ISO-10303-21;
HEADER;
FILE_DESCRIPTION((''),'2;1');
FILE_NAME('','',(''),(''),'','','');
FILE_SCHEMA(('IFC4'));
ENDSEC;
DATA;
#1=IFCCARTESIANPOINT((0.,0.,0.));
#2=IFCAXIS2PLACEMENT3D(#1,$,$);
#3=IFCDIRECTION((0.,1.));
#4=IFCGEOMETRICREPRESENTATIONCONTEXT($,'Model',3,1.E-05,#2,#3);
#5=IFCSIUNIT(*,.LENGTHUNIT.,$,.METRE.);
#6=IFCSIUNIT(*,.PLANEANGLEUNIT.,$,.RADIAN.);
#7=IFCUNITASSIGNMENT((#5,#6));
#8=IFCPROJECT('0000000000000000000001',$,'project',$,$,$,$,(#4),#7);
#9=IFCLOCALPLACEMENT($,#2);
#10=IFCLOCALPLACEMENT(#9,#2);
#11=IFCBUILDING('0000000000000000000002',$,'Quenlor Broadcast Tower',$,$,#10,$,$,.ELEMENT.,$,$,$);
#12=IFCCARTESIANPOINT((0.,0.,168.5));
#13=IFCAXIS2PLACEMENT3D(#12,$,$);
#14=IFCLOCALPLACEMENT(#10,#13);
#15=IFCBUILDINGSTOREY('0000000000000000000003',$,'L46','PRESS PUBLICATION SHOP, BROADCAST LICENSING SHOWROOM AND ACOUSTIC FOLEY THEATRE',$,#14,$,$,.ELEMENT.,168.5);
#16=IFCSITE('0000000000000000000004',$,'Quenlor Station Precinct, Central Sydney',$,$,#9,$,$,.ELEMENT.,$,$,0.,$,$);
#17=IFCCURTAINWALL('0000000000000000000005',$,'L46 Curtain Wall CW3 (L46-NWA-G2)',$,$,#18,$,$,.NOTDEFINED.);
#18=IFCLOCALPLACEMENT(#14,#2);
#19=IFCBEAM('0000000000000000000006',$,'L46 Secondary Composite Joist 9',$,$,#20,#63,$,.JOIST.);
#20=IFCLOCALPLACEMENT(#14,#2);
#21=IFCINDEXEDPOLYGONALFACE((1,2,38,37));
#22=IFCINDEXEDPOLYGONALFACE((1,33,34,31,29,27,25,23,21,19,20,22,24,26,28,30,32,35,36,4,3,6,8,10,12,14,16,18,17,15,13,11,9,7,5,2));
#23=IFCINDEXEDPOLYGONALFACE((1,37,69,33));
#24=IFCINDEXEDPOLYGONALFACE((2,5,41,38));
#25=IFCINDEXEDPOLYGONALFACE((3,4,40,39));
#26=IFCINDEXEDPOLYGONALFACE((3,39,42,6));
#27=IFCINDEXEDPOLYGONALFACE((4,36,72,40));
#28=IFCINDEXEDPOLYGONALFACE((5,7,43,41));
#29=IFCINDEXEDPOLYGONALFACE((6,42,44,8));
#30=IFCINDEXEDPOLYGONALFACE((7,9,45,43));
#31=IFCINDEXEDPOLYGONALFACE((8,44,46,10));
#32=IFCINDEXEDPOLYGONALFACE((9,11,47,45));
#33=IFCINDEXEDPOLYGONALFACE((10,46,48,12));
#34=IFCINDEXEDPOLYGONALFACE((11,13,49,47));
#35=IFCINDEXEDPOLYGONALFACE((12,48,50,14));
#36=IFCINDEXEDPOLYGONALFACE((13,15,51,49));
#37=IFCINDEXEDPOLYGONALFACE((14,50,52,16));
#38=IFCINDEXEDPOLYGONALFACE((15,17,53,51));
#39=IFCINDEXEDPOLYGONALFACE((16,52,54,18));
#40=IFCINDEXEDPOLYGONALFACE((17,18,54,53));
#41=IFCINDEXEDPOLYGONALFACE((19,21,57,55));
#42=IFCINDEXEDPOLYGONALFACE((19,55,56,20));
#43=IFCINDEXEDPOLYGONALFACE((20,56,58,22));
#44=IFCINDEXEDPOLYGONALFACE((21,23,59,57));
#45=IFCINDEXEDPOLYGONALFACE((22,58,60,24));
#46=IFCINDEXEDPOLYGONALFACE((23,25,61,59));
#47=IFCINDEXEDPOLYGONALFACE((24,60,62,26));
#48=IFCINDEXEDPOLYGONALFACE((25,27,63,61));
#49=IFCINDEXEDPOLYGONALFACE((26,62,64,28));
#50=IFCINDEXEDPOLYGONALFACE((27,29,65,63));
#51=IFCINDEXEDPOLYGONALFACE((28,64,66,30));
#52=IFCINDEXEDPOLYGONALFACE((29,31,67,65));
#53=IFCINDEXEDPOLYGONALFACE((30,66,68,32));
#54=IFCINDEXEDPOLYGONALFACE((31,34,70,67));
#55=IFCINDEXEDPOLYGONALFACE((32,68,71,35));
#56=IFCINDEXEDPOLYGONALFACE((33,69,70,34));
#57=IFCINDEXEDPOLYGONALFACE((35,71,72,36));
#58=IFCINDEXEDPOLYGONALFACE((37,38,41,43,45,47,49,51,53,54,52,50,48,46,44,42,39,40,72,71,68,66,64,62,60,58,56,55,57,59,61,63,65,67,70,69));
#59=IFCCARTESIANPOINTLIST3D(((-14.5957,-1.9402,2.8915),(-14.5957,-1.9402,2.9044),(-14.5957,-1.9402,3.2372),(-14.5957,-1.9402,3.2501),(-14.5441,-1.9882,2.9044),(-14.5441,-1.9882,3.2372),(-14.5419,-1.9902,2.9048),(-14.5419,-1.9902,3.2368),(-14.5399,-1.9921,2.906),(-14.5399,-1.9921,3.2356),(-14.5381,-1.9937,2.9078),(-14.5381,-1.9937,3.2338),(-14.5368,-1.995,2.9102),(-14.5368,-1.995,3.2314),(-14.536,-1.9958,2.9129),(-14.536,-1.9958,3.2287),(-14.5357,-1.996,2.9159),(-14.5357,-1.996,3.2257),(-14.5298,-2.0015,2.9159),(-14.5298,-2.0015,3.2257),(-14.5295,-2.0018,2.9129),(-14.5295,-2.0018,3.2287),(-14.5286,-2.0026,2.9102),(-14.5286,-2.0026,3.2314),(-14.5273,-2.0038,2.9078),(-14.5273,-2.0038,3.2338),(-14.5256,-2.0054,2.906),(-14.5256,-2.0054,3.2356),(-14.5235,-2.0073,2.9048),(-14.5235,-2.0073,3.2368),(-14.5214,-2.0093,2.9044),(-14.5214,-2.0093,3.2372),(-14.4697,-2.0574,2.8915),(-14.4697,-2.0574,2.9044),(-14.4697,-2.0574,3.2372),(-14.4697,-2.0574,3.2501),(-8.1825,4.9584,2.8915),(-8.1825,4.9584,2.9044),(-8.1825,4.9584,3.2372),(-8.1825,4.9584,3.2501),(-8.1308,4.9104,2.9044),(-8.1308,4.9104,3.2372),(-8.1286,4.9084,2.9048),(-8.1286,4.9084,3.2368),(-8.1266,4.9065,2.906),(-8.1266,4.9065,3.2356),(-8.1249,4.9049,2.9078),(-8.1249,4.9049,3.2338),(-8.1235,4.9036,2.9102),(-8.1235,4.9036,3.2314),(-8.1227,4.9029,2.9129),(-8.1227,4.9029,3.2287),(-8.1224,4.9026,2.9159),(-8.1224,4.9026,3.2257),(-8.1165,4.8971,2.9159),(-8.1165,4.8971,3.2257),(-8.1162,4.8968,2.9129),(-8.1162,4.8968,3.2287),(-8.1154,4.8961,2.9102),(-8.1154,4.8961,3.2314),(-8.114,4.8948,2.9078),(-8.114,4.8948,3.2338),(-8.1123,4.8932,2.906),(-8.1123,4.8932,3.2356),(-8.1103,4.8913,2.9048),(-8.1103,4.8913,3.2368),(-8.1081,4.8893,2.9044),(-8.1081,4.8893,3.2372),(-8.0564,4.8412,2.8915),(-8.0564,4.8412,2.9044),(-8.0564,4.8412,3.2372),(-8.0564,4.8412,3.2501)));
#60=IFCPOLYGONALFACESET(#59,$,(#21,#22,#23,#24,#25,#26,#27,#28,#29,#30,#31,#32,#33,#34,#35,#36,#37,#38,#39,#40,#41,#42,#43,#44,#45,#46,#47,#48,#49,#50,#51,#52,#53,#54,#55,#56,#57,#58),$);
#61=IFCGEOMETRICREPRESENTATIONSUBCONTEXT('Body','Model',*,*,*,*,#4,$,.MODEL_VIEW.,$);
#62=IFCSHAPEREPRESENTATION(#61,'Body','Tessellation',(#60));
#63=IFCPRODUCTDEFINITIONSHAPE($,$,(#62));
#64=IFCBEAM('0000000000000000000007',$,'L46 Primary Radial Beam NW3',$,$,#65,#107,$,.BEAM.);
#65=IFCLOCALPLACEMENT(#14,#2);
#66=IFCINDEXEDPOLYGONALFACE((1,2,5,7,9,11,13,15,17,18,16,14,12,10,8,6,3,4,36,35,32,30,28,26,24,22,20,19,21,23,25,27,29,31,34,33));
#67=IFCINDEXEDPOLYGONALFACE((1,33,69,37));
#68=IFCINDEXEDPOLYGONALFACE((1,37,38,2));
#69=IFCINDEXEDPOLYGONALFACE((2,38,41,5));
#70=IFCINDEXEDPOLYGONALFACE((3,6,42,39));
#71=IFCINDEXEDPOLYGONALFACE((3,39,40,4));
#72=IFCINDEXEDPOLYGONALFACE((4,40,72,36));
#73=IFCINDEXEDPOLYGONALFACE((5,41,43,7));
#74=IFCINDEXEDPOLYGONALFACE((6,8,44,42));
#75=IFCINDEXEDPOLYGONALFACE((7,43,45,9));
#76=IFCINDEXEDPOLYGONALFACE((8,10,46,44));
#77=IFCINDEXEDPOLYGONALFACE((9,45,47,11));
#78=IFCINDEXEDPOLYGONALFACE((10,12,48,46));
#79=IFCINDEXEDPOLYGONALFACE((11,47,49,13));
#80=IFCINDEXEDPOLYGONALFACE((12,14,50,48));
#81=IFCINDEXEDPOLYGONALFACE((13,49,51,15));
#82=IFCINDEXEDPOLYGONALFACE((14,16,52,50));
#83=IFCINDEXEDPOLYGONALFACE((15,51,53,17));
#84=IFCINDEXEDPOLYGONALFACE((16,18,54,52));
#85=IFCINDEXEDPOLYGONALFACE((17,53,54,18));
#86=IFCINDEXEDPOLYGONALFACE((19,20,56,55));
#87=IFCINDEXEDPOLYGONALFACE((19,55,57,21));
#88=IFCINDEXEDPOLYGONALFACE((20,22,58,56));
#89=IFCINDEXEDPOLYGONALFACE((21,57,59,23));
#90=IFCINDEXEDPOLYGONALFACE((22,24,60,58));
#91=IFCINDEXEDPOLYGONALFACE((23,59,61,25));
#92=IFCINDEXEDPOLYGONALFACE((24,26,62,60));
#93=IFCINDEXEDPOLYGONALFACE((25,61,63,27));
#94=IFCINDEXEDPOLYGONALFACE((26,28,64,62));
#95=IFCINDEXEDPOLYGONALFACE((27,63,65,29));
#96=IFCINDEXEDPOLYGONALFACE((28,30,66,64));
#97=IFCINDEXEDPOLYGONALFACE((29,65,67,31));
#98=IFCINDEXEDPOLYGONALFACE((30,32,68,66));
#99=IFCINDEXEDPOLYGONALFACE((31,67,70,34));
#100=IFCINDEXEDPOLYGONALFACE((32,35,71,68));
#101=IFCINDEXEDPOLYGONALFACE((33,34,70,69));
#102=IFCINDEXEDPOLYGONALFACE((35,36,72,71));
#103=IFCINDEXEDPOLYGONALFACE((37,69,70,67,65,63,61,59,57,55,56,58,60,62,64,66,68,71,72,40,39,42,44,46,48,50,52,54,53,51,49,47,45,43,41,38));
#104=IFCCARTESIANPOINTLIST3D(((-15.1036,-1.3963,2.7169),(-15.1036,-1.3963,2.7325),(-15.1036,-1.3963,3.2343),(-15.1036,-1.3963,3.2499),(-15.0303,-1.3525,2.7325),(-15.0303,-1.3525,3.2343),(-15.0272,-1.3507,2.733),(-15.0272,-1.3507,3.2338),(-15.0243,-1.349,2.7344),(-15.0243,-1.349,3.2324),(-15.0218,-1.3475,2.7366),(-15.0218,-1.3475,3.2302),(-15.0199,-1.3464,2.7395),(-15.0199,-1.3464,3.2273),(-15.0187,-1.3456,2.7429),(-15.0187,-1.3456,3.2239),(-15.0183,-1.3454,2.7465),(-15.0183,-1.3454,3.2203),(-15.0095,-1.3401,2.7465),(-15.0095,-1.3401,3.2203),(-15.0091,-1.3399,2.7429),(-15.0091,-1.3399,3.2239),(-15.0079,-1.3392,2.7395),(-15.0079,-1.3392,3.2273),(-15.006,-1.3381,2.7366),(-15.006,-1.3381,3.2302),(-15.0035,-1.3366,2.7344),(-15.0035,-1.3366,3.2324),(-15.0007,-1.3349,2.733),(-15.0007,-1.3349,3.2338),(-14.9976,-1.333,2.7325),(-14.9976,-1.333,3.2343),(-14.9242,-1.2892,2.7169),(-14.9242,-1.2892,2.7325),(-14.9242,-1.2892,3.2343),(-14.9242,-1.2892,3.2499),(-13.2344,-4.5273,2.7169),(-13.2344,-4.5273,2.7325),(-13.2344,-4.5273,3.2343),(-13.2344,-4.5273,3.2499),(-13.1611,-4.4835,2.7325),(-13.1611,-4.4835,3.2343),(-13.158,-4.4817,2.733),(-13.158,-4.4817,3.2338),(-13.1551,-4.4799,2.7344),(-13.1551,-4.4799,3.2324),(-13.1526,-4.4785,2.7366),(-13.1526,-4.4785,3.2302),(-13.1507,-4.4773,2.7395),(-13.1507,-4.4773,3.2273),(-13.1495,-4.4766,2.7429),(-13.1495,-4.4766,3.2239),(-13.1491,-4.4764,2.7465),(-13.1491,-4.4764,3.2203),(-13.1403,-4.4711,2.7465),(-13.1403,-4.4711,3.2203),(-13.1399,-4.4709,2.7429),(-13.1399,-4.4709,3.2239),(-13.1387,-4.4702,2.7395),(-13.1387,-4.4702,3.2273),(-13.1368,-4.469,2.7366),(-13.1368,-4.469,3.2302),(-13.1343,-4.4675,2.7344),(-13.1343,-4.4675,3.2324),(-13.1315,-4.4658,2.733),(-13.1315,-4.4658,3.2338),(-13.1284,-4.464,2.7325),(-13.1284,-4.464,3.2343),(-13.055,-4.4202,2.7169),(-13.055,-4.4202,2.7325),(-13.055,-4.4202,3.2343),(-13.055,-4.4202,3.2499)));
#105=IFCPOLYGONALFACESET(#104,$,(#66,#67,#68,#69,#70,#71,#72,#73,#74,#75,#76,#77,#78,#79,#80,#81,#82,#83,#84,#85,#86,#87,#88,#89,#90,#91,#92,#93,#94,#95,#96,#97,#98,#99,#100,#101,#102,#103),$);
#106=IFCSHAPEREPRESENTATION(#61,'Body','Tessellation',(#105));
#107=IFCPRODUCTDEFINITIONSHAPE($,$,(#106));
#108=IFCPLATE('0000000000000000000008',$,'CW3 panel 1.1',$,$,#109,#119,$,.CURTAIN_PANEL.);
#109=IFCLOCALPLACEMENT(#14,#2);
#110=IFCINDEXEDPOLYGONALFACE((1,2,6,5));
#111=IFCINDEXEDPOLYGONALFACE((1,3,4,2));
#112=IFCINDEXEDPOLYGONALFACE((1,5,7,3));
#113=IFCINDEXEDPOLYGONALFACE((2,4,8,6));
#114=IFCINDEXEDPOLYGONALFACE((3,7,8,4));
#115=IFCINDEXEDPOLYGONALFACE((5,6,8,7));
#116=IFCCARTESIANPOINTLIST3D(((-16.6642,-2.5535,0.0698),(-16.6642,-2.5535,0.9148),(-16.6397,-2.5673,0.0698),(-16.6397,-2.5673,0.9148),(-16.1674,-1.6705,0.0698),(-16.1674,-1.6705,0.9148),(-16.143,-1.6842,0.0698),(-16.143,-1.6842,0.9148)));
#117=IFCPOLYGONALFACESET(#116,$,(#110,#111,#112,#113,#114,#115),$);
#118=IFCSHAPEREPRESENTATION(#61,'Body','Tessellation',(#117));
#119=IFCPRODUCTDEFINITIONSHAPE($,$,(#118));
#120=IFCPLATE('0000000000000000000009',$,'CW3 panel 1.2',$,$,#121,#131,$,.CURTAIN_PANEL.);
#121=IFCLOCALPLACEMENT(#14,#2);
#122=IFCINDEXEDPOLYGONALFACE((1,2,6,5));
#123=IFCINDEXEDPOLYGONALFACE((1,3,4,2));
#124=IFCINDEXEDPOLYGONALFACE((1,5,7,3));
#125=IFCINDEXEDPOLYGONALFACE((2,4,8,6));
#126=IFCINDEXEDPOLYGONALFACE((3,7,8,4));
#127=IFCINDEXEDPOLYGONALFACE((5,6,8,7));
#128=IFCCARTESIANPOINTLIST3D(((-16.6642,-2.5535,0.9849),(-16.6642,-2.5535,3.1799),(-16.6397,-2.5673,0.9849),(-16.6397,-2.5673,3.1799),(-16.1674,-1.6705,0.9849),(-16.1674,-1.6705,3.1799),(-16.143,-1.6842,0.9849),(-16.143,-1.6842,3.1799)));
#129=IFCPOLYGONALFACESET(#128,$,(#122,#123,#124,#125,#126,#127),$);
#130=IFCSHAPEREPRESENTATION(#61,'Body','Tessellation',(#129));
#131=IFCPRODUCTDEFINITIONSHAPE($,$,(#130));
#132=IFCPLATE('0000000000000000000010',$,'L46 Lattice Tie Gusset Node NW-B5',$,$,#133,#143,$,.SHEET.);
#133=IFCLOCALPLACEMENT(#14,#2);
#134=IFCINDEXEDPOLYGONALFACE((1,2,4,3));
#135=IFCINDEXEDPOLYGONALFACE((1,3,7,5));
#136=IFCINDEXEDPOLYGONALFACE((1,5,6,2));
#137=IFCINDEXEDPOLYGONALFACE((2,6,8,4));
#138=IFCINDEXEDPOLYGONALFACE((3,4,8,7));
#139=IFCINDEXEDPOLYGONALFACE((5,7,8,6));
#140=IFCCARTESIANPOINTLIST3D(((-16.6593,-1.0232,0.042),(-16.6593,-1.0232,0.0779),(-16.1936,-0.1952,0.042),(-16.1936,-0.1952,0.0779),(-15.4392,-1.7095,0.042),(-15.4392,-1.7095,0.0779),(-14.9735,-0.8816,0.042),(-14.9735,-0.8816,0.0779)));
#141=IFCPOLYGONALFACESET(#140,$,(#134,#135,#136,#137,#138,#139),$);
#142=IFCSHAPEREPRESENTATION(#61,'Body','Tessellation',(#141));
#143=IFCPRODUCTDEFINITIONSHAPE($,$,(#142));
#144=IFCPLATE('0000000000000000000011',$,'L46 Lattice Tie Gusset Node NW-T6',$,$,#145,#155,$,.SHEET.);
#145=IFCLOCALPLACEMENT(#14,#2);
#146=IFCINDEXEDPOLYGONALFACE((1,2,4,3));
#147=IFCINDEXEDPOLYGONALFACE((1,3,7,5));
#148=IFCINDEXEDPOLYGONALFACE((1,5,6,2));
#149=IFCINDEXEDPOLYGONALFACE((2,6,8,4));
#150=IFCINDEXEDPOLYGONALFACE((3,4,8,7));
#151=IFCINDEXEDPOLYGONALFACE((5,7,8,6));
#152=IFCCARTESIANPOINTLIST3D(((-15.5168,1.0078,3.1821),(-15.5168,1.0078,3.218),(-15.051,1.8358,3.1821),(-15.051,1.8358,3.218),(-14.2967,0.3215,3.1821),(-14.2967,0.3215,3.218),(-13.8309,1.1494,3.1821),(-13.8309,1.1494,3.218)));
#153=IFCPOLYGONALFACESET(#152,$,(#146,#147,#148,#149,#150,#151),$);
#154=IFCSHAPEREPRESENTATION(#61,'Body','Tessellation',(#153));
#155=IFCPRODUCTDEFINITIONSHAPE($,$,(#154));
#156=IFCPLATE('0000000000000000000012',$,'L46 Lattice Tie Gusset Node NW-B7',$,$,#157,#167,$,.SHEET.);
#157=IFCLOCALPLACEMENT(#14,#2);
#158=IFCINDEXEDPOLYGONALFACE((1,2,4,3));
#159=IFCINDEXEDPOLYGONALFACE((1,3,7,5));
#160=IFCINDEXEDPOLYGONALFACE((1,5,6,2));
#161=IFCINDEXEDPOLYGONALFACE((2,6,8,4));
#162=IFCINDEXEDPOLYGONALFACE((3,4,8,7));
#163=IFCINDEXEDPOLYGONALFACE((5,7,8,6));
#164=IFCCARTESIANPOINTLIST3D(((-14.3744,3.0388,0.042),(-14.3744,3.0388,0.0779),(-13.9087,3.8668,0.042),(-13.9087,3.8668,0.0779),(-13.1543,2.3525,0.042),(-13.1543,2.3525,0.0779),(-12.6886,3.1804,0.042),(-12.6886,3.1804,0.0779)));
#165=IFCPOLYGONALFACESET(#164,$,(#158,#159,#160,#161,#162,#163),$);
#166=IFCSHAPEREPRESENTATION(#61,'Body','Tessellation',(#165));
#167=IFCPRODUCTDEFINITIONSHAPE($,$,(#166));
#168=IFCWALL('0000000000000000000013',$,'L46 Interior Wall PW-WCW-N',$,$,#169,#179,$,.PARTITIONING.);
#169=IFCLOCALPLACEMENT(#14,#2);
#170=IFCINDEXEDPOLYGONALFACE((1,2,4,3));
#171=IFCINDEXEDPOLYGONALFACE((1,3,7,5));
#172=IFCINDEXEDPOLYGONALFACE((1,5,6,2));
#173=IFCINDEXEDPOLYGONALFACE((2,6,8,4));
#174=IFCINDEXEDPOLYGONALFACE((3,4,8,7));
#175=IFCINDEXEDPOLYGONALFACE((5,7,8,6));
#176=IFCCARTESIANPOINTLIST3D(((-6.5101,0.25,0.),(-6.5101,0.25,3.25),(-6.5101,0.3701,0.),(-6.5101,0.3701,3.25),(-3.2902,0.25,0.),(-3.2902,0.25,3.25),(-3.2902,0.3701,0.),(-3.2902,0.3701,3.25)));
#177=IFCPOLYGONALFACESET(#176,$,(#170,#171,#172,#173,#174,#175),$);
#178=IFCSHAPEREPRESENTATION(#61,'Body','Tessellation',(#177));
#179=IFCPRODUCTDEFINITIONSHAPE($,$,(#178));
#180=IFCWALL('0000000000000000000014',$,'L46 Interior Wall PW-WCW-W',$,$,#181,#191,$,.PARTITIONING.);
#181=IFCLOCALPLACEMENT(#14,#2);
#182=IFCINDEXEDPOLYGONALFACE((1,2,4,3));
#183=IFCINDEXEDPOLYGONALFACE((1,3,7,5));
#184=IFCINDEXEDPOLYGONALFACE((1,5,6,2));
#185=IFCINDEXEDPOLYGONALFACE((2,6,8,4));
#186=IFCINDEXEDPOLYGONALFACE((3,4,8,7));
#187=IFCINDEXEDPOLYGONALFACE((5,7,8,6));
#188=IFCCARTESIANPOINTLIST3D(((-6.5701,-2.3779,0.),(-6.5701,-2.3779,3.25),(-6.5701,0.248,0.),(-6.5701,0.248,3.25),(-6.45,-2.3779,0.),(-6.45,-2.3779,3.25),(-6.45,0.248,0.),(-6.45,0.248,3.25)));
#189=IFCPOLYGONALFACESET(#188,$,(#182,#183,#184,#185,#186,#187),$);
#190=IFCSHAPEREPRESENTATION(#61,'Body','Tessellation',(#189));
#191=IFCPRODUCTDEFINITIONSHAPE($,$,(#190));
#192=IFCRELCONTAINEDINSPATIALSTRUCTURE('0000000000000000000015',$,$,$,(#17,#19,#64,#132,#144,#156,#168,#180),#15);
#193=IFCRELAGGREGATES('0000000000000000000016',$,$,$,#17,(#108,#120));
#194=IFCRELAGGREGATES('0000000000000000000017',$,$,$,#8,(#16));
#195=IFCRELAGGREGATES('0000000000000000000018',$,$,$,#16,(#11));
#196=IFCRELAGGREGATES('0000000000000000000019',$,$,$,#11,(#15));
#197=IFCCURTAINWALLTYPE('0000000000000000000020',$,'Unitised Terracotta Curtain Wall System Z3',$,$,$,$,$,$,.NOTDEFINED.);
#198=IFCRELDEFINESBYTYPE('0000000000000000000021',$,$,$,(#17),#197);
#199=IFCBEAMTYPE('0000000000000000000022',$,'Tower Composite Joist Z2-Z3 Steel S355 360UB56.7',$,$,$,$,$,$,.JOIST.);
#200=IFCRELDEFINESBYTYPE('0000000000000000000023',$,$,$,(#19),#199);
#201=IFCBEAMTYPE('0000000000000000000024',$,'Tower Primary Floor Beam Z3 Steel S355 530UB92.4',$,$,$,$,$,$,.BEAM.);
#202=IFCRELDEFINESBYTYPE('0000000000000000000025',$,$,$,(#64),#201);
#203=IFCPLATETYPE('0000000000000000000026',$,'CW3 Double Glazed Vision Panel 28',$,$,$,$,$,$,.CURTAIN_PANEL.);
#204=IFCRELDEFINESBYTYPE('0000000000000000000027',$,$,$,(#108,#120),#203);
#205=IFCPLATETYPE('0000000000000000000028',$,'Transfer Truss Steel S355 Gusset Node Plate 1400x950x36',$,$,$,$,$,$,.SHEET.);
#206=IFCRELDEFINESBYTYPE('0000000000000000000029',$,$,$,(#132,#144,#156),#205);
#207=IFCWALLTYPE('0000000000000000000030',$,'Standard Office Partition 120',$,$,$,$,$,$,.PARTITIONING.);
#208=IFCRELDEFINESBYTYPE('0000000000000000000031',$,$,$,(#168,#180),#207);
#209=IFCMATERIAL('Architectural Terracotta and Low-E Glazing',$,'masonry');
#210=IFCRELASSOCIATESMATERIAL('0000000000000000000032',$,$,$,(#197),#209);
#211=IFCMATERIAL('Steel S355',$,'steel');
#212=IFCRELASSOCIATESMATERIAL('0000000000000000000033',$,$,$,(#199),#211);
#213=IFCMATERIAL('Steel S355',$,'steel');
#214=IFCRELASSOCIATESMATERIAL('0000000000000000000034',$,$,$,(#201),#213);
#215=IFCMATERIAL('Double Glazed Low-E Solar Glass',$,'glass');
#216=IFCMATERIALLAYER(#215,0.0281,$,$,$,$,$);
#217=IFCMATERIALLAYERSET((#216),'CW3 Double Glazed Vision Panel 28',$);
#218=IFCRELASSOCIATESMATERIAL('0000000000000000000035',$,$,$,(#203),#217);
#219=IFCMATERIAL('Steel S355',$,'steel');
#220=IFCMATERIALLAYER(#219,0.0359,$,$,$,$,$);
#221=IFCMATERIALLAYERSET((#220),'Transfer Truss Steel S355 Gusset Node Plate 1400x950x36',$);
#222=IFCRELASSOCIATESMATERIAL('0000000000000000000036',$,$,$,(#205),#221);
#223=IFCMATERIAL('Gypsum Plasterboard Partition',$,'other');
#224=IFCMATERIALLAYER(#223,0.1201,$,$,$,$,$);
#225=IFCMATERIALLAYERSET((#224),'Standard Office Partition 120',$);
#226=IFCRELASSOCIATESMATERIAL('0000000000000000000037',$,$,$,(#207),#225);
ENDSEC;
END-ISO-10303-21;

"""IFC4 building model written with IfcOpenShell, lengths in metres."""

from ifc_helpers import new_model, si_unit, direction, frame, frame_2d, origin, origin_2d, place, context, subcontext, project, spatial, rectangle, i_section, extrude, material, layer, layer_set, material_profile, profile_set, type_object, element, aggregate, save


model = new_model("IFC4")

# Units and contexts
model_context = context("Model", 3, precision=1e-05, world=origin(), true_north=direction((0.0, 1.0)))
body_context = subcontext(model_context, "Body", "Model", "MODEL_VIEW")
ifc_project = project(units=[si_unit("LENGTHUNIT", "METRE"), si_unit("PLANEANGLEUNIT", "RADIAN")], contexts=[model_context])

# Site, building, storey
site_placement = place(None, origin())
site = spatial("IfcSite", under=ifc_project, at=site_placement, Name="Quenlor Station Precinct, Central Sydney", CompositionType="ELEMENT", RefElevation=0.0)
building_placement = place(site_placement, origin())
building = spatial("IfcBuilding", under=site, at=building_placement, Name="Quenlor Broadcast Tower", CompositionType="ELEMENT")
storey_placement = place(building_placement, frame((0.0, 0.0, 168.5)))
storey = spatial("IfcBuildingStorey", under=building, at=storey_placement, Name="L46", Description="PRESS PUBLICATION SHOP, BROADCAST LICENSING SHOWROOM AND ACOUSTIC FOLEY THEATRE", CompositionType="ELEMENT", Elevation=168.5)

# Curtain wall
ifc_material_1 = material(Name="Architectural Terracotta and Low-E Glazing", Category="masonry")
curtain_wall_type = type_object("IfcCurtainWallType", Name="Unitised Terracotta Curtain Wall System Z3", PredefinedType="NOTDEFINED", material=ifc_material_1)
curtain_wall_placement = place(storey_placement, origin())
curtain_wall = element("IfcCurtainWall", 1, at=curtain_wall_placement, inside=storey, type_object=curtain_wall_type, Name="L46 Curtain Wall CW3 (L46-NWA-G2)", PredefinedType="NOTDEFINED")

# Beams
ifc_material_2 = material(Name="Steel S355", Category="steel")
ifc_material_profile_1 = material_profile(ifc_material_2, i_section(OverallWidth=0.1721, OverallDepth=0.3586, WebThickness=0.0081, FlangeThickness=0.0129, FilletRadius=0.0115, at=origin_2d()))
ifc_profile_set_1 = profile_set([ifc_material_profile_1], Name="Steel S355 360UB56.7")
beam_type_1 = type_object("IfcBeamType", Name="Tower Composite Joist Z2-Z3 Steel S355 360UB56.7", PredefinedType="JOIST", material=ifc_profile_set_1)
beam_1_placement = place(storey_placement, frame((-14.5327, -1.9988, 3.0708), z_axis=(0.680874, 0.732401, 0.0), x_axis=(-0.732401, 0.680874, 0.0)))
element("IfcBeam", 2, at=beam_1_placement, inside=storey, type_object=beam_type_1, Name="L46 Secondary Composite Joist 9", PredefinedType="JOIST", context=body_context, shape_type="SweptSolid", body=[
    extrude(i_section(OverallWidth=0.1721, OverallDepth=0.3586, WebThickness=0.0081, FlangeThickness=0.0129, FilletRadius=0.0115, at=origin_2d()), origin(), (0.0, 0.0, 1.0), 9.4192),
])
ifc_material_3 = material(Name="Steel S355", Category="steel")
ifc_material_profile_2 = material_profile(ifc_material_3, i_section(OverallWidth=0.209, OverallDepth=0.533, WebThickness=0.0103, FlangeThickness=0.0156, FilletRadius=0.0139, at=origin_2d()))
ifc_profile_set_2 = profile_set([ifc_material_profile_2], Name="Steel S355 530UB92.4")
beam_type_2 = type_object("IfcBeamType", Name="Tower Primary Floor Beam Z3 Steel S355 530UB92.4", PredefinedType="BEAM", material=ifc_profile_set_2)
beam_2_placement = place(storey_placement, frame((-15.0139, -1.3428, 2.9834), z_axis=(0.512604, -0.858625, 0.0), x_axis=(0.858625, 0.512604, 0.0)))
element("IfcBeam", 3, at=beam_2_placement, inside=storey, type_object=beam_type_2, Name="L46 Primary Radial Beam NW3", PredefinedType="BEAM", context=body_context, shape_type="SweptSolid", body=[
    extrude(i_section(OverallWidth=0.209, OverallDepth=0.533, WebThickness=0.0103, FlangeThickness=0.0156, FilletRadius=0.0139, at=origin_2d()), origin(), (0.0, 0.0, 1.0), 3.6465),
])

# Plates
ifc_material_4 = material(Name="Double Glazed Low-E Solar Glass", Category="glass")
ifc_layer_1 = layer(ifc_material_4, 0.0281)
ifc_layer_set_1 = layer_set([ifc_layer_1], Name="CW3 Double Glazed Vision Panel 28")
plate_type_1 = type_object("IfcPlateType", Name="CW3 Double Glazed Vision Panel 28", PredefinedType="CURTAIN_PANEL", material=ifc_layer_set_1)
plate_1_placement = place(storey_placement, frame((-16.4036, -2.1189, 0.0698), z_axis=(0.0, 0.0, 1.0), x_axis=(0.490253, 0.87158, 0.0)))
plate_1 = element("IfcPlate", 4, at=plate_1_placement, type_object=plate_type_1, Name="CW3 panel 1.1", PredefinedType="CURTAIN_PANEL", context=body_context, shape_type="SweptSolid", body=[
    extrude(rectangle(XDim=1.0132, YDim=0.0281, at=origin_2d()), origin(), (0.0, 0.0, 1.0), 0.845),
])
plate_2_placement = place(storey_placement, frame((-16.4036, -2.1189, 0.9849), z_axis=(0.0, 0.0, 1.0), x_axis=(0.490253, 0.87158, 0.0)))
plate_2 = element("IfcPlate", 5, at=plate_2_placement, type_object=plate_type_1, Name="CW3 panel 1.2", PredefinedType="CURTAIN_PANEL", context=body_context, shape_type="SweptSolid", body=[
    extrude(rectangle(XDim=1.0132, YDim=0.0281, at=origin_2d()), origin(), (0.0, 0.0, 1.0), 2.1951),
])
aggregate(curtain_wall, [plate_1, plate_2])

# Plates
ifc_material_5 = material(Name="Steel S355", Category="steel")
ifc_layer_2 = layer(ifc_material_5, 0.0359)
ifc_layer_set_2 = layer_set([ifc_layer_2], Name="Transfer Truss Steel S355 Gusset Node Plate 1400x950x36")
plate_type_2 = type_object("IfcPlateType", Name="Transfer Truss Steel S355 Gusset Node Plate 1400x950x36", PredefinedType="SHEET", material=ifc_layer_set_2)
for number, where, z_axis, x_axis, name in (
    (6, (-15.8164, -0.9524, 0.042), (0.0, 0.0, 1.0), (-0.871556, 0.490295, 0.0), "L46 Lattice Tie Gusset Node NW-B5"),
    (7, (-14.6738, 1.0786, 3.1821), (0.0, 0.0, 1.0), (-0.871556, 0.490295, 0.0), "L46 Lattice Tie Gusset Node NW-T6"),
    (8, (-13.5315, 3.1096, 0.042), (0.0, 0.0, 1.0), (-0.871556, 0.490295, 0.0), "L46 Lattice Tie Gusset Node NW-B7"),
):
    element("IfcPlate", number, at=place(storey_placement, frame(where, z_axis=z_axis, x_axis=x_axis)), inside=storey, type_object=plate_type_2, Name=name, PredefinedType="SHEET", context=body_context, shape_type="SweptSolid", body=[
        extrude(rectangle(XDim=1.3999, YDim=0.95, at=origin_2d()), origin(), (0.0, 0.0, 1.0), 0.0359),
    ])

# Shared definitions
ifc_material_6 = material(Name="Gypsum Plasterboard Partition", Category="other")
ifc_layer_3 = layer(ifc_material_6, 0.1201)
ifc_layer_set_3 = layer_set([ifc_layer_3], Name="Standard Office Partition 120")
wall_type_1 = type_object("IfcWallType", Name="Standard Office Partition 120", PredefinedType="PARTITIONING", material=ifc_layer_set_3)

# Walls
wall_1_placement = place(storey_placement, frame((-6.51, 0.3101, 0.0), z_axis=(0.0, 0.0, 1.0), x_axis=(1.0, 0.0, 0.0)))
element("IfcWall", 9, at=wall_1_placement, inside=storey, type_object=wall_type_1, Name="L46 Interior Wall PW-WCW-N", PredefinedType="PARTITIONING", context=body_context, shape_type="SweptSolid", body=[
    extrude(rectangle(XDim=3.22, YDim=0.1201, at=frame_2d((1.6099, 0.0))), origin(), (0.0, 0.0, 1.0), 3.25),
])
for number, where, z_axis, x_axis, name in (
    (10, (-6.51, -2.3779, 0.0), (0.0, 0.0, 1.0), (0.0, 1.0, 0.0), "L46 Interior Wall PW-WCW-W"),
):
    element("IfcWall", number, at=place(storey_placement, frame(where, z_axis=z_axis, x_axis=x_axis)), inside=storey, type_object=wall_type_1, Name=name, PredefinedType="PARTITIONING", context=body_context, shape_type="SweptSolid", body=[
        extrude(rectangle(XDim=2.626, YDim=0.1201, at=frame_2d((1.313, 0.0))), origin(), (0.0, 0.0, 1.0), 3.25),
    ])

save(model, "model.ifc")
